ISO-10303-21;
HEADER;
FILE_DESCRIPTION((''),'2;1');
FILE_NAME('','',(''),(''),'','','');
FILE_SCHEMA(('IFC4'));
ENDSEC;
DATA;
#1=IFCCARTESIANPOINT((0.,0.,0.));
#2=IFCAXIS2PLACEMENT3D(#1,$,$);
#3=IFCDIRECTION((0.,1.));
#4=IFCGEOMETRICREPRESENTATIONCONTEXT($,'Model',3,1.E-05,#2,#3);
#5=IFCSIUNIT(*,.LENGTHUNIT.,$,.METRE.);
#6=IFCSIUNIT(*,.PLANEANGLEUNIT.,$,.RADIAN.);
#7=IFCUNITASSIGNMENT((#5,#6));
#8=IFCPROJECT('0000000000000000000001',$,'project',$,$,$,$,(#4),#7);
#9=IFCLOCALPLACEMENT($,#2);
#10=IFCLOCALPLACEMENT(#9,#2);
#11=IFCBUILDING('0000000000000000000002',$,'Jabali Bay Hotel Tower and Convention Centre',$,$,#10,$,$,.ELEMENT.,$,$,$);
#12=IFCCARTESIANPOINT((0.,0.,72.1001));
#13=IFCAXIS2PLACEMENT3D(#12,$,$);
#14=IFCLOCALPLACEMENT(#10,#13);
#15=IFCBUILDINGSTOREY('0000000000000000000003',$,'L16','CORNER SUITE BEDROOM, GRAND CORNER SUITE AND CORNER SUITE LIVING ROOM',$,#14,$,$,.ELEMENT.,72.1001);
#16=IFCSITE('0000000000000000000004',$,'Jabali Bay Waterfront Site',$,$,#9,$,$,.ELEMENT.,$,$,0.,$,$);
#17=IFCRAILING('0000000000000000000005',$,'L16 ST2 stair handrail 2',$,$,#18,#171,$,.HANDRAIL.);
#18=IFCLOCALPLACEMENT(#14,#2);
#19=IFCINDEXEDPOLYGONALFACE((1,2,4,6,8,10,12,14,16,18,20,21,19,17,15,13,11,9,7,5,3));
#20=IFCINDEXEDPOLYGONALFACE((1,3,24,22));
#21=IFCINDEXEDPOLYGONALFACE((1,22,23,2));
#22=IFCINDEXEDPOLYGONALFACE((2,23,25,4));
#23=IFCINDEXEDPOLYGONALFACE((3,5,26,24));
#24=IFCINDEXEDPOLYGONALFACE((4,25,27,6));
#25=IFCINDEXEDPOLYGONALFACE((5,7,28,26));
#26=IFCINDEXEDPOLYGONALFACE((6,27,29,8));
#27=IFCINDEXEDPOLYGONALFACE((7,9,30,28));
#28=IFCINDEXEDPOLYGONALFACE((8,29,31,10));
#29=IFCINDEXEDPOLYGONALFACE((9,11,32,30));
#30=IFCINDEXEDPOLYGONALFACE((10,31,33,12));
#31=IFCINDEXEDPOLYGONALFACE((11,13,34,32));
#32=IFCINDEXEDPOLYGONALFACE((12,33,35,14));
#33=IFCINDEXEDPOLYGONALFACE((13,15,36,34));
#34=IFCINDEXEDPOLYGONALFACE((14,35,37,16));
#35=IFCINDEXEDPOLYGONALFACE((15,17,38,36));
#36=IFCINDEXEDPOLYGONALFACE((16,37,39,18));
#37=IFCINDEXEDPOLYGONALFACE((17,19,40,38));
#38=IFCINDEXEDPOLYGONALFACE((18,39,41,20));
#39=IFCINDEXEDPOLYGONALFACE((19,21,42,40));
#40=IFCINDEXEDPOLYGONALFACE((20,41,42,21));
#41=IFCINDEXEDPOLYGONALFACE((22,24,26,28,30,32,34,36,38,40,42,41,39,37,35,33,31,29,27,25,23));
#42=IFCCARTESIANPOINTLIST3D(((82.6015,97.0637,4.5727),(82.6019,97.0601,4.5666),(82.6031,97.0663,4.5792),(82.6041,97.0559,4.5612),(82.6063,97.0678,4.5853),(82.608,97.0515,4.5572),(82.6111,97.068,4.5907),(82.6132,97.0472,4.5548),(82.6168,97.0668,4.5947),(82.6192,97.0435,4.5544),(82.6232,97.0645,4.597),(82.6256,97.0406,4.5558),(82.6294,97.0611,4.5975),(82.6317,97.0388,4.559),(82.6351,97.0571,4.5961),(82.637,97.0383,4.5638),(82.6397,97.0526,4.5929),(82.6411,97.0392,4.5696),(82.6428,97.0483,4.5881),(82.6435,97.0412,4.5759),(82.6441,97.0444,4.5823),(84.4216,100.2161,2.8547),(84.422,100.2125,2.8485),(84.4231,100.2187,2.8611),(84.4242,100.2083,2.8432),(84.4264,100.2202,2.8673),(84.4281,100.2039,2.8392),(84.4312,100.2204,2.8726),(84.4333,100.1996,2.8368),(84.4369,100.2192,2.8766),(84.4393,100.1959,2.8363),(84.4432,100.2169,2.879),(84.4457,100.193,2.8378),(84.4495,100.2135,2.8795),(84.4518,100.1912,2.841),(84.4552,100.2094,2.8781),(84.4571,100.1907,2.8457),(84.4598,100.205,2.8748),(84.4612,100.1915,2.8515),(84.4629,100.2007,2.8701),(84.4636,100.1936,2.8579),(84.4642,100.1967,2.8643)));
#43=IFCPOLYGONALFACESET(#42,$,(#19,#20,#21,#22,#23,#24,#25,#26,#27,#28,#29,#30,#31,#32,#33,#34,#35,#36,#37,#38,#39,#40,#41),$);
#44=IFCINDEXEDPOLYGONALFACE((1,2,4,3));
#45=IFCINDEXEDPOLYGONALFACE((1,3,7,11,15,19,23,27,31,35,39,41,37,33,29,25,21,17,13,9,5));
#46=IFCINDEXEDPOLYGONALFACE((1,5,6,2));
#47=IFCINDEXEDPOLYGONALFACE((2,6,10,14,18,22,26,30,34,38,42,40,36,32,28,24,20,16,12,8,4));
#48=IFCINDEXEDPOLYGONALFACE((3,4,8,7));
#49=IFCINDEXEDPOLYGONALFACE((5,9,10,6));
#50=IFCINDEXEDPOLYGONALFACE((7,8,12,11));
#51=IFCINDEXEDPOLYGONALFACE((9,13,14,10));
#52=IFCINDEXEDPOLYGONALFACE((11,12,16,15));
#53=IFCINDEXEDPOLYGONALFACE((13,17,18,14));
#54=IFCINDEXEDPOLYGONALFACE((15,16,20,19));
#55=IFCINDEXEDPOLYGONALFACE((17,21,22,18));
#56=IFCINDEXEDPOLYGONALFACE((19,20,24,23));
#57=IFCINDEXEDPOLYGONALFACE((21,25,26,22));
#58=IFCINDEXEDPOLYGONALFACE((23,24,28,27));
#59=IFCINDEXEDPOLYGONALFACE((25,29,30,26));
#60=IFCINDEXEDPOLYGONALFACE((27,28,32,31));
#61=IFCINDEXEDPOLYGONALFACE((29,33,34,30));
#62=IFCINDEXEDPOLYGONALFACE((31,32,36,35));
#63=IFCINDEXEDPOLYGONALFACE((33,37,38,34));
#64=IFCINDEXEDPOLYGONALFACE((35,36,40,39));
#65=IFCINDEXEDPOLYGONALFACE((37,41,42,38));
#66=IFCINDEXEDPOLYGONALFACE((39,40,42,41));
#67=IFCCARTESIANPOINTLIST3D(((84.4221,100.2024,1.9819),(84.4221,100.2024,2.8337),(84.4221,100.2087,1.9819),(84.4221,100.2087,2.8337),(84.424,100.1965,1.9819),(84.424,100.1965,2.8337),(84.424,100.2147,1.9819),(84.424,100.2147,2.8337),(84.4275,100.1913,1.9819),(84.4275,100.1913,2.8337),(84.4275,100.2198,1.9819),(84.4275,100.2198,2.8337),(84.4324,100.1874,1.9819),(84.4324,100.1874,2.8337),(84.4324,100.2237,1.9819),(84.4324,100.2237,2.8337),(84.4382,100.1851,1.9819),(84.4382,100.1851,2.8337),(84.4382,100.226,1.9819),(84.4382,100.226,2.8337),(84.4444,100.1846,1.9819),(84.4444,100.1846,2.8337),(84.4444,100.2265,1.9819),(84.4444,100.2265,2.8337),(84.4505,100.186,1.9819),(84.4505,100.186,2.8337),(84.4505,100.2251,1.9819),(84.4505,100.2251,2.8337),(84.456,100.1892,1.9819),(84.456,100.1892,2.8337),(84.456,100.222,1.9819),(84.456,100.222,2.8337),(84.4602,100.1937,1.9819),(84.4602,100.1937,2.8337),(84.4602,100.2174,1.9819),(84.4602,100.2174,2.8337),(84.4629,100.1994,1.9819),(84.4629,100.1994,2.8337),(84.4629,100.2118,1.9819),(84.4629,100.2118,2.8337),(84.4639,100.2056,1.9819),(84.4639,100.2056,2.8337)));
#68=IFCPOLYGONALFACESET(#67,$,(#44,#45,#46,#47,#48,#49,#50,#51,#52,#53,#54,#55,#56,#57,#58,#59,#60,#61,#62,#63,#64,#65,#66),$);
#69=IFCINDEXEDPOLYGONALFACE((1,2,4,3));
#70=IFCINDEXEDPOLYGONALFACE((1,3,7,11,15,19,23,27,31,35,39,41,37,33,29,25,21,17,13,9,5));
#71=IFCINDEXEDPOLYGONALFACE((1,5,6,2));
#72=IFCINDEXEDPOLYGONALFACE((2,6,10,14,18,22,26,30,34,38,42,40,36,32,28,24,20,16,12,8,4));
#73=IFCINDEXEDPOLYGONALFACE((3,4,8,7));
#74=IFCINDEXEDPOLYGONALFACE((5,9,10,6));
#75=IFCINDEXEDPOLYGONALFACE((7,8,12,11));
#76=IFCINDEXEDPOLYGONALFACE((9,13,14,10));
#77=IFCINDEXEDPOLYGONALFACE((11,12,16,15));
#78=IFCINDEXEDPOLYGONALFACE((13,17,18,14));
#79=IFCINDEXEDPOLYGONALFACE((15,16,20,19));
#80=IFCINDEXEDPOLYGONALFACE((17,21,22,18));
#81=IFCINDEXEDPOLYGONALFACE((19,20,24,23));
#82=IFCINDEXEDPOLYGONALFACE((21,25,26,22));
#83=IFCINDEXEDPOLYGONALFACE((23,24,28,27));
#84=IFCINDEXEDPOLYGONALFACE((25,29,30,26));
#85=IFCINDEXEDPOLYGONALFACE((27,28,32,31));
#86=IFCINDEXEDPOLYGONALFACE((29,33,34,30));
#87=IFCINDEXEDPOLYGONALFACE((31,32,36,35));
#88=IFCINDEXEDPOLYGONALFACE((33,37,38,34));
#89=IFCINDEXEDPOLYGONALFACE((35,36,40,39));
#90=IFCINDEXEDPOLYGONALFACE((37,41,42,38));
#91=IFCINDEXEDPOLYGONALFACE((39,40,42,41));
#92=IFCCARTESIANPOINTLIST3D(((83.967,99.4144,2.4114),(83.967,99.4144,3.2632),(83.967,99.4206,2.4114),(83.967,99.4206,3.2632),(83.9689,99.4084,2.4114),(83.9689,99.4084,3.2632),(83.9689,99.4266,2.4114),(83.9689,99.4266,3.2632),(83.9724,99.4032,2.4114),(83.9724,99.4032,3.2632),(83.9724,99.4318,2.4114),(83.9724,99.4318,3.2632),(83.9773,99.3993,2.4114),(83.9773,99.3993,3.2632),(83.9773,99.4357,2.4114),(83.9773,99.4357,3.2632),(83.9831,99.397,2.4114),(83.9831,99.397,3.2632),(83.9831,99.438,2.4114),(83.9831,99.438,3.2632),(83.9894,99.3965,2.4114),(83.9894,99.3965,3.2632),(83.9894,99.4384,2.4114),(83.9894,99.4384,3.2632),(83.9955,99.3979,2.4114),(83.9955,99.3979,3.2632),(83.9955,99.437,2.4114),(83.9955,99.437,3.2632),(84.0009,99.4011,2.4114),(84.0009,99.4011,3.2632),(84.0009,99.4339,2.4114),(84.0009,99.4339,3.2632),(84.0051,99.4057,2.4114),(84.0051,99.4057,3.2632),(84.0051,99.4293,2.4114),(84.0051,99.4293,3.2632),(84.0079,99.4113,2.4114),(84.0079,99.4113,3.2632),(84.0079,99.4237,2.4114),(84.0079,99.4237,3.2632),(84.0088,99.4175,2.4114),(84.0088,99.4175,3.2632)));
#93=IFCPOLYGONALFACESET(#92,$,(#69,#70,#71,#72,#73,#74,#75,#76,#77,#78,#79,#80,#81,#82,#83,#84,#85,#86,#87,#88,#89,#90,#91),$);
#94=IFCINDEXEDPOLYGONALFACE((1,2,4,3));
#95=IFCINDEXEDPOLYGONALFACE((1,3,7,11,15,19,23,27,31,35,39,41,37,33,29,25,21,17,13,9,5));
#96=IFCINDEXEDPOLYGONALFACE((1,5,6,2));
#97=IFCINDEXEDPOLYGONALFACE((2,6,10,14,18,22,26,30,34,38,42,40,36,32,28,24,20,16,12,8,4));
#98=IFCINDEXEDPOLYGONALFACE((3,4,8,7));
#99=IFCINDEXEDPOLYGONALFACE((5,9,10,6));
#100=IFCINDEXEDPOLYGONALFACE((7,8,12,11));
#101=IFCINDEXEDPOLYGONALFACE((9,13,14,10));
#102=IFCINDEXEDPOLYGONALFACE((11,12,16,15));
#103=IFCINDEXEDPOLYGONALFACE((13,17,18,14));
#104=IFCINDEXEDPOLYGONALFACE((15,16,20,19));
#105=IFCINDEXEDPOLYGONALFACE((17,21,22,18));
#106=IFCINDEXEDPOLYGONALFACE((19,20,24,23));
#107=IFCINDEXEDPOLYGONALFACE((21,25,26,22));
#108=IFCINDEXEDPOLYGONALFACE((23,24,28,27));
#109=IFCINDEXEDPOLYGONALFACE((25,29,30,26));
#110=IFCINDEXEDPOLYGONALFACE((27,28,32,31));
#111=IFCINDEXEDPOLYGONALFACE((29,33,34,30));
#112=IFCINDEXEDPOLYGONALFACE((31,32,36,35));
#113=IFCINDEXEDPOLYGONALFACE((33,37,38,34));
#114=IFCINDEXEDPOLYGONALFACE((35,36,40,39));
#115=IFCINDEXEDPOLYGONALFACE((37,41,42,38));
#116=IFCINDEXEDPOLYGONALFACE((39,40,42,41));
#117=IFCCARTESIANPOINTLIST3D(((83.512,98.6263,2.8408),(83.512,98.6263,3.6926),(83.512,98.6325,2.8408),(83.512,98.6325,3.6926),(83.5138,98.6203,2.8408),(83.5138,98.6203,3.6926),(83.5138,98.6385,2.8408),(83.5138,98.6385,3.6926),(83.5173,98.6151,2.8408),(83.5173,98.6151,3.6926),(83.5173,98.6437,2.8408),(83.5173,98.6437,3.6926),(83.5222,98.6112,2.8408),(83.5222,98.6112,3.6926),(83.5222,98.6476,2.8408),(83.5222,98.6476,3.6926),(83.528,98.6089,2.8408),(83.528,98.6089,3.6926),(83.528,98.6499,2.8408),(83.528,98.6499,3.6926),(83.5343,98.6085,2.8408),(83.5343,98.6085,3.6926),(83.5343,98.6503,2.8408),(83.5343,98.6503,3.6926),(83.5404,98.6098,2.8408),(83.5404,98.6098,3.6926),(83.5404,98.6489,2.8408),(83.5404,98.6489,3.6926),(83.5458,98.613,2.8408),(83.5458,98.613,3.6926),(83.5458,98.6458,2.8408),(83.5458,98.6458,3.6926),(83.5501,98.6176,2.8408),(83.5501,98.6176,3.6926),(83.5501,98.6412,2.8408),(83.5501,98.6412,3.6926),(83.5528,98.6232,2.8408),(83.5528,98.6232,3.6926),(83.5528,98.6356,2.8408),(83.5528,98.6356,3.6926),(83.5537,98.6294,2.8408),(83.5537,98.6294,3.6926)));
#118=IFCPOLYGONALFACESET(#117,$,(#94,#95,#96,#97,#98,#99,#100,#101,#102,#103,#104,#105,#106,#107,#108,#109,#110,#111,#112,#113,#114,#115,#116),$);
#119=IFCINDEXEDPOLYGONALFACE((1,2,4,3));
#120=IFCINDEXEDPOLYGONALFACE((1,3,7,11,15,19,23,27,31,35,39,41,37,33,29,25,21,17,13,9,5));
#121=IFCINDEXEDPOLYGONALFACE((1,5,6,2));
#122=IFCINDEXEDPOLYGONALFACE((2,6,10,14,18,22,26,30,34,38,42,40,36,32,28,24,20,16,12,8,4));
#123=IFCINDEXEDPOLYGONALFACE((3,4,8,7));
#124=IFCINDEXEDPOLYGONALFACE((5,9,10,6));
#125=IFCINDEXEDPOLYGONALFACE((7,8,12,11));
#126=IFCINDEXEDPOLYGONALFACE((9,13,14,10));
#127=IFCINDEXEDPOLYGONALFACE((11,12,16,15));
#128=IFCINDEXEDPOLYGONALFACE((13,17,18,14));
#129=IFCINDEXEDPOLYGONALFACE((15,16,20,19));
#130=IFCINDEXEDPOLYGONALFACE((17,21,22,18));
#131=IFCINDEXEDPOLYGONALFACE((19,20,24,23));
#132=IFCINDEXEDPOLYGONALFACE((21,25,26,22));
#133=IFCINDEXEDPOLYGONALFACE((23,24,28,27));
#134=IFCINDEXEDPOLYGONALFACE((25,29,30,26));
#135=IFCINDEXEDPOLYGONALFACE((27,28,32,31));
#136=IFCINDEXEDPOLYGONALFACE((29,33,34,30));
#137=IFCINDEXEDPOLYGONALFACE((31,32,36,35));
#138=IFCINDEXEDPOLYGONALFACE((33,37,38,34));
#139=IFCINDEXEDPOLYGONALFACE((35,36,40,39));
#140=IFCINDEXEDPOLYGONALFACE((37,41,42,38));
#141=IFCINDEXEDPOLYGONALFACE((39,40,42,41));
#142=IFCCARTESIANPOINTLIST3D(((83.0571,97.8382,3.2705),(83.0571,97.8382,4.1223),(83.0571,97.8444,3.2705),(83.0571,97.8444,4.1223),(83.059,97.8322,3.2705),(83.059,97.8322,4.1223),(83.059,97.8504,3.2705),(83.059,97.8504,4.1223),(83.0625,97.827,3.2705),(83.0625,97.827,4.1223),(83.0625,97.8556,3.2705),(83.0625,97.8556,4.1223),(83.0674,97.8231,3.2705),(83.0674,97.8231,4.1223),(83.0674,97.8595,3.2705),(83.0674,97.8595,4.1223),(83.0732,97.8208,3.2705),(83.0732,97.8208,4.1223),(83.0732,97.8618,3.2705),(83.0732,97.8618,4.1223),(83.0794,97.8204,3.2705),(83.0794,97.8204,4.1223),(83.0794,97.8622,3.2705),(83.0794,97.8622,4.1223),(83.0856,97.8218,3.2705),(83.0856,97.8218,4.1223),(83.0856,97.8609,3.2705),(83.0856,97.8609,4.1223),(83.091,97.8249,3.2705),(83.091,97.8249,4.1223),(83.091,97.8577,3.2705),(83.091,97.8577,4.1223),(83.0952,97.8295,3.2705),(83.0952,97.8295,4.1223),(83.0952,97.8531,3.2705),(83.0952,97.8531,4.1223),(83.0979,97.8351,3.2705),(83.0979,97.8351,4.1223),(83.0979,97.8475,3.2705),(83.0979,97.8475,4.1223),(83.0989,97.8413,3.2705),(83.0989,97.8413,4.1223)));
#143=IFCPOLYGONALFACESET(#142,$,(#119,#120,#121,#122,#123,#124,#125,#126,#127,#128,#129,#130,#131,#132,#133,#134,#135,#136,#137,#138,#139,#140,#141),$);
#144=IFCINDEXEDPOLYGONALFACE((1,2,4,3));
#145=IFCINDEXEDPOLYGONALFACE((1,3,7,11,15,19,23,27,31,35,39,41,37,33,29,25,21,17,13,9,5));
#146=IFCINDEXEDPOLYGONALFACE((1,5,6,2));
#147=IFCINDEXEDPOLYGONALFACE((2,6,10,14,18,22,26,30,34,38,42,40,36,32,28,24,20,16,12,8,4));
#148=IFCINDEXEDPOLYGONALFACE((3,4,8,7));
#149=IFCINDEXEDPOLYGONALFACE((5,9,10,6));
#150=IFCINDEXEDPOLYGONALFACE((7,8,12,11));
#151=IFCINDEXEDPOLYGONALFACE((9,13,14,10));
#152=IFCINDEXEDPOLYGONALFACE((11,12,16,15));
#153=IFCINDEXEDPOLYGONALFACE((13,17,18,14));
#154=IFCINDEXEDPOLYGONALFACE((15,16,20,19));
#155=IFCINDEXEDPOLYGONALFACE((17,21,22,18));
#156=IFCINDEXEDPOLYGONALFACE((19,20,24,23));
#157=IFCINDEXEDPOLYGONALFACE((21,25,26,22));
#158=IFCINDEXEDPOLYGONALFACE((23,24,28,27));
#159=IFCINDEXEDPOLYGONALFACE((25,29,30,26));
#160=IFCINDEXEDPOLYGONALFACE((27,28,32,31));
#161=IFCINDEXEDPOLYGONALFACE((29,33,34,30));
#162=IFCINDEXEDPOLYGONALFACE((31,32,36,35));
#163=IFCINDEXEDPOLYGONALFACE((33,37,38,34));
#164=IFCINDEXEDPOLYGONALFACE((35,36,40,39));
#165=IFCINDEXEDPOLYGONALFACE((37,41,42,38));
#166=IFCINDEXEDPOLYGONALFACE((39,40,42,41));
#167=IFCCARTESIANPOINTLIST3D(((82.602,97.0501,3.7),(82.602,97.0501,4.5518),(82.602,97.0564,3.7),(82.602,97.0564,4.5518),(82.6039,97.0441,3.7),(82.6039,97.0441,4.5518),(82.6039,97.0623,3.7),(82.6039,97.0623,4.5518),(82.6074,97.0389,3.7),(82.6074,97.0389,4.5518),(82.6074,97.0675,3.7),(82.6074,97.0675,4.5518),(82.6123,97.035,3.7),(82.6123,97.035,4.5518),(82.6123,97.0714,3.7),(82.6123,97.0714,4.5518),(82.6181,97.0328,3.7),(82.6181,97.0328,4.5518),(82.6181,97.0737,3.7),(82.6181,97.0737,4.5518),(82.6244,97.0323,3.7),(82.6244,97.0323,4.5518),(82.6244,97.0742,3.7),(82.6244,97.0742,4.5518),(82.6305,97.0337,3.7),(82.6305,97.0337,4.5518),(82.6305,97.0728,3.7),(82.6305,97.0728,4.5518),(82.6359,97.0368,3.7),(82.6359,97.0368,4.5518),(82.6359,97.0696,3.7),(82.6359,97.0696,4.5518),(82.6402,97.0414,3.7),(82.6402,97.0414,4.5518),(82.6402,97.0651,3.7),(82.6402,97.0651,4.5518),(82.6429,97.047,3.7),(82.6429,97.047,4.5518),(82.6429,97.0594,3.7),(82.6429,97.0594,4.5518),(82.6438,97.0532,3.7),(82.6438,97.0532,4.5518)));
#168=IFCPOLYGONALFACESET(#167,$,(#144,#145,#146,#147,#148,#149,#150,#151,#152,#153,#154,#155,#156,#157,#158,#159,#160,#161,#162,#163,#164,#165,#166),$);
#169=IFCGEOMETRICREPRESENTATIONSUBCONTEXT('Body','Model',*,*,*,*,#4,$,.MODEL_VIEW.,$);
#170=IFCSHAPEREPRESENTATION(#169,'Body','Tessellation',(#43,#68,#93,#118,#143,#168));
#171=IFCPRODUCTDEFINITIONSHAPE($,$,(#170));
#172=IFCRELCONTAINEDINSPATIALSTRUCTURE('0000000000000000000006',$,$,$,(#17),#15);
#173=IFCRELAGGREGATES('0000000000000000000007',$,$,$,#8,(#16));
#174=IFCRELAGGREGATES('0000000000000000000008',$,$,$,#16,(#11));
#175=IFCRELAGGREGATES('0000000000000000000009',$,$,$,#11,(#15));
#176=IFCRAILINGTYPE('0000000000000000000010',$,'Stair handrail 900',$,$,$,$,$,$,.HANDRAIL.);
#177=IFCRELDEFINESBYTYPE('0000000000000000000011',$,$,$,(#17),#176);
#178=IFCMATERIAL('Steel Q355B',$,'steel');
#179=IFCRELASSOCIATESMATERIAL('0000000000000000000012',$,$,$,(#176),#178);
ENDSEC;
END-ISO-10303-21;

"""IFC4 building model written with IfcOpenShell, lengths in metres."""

from ifc_helpers import new_model, si_unit, direction, frame, origin, origin_2d, place, context, subcontext, project, spatial, circle, extrude, material, type_object, element, save


model = new_model("IFC4")

# Units and contexts
model_context = context("Model", 3, precision=1e-05, world=origin(), true_north=direction((0.0, 1.0)))
body_context = subcontext(model_context, "Body", "Model", "MODEL_VIEW")
ifc_project = project(units=[si_unit("LENGTHUNIT", "METRE"), si_unit("PLANEANGLEUNIT", "RADIAN")], contexts=[model_context])

# Site, building, storey
site_placement = place(None, origin())
site = spatial("IfcSite", under=ifc_project, at=site_placement, Name="Jabali Bay Waterfront Site", CompositionType="ELEMENT", RefElevation=0.0)
building_placement = place(site_placement, origin())
building = spatial("IfcBuilding", under=site, at=building_placement, Name="Jabali Bay Hotel Tower and Convention Centre", CompositionType="ELEMENT")
storey_placement = place(building_placement, frame((0.0, 0.0, 72.1001)))
storey = spatial("IfcBuildingStorey", under=building, at=storey_placement, Name="L16", Description="CORNER SUITE BEDROOM, GRAND CORNER SUITE AND CORNER SUITE LIVING ROOM", CompositionType="ELEMENT", Elevation=72.1001)

# Railing
ifc_material_1 = material(Name="Steel Q355B", Category="steel")
railing_type_1 = type_object("IfcRailingType", Name="Stair handrail 900", PredefinedType="HANDRAIL", material=ifc_material_1)
railing_1_placement = place(storey_placement, frame((84.4429, 100.2056, 1.9819)))
element("IfcRailing", 1, at=railing_1_placement, inside=storey, type_object=railing_type_1, Name="L16 ST2 stair handrail 2", PredefinedType="HANDRAIL", context=body_context, shape_type="SweptSolid", body=[
    extrude(circle(Radius=0.0239, at=origin_2d()), frame((0.0, 0.0, 0.876), z_axis=(-0.452179, -0.78317, 0.426825), x_axis=(0.866018, -0.500013, 0.0)), (0.0, 0.0, 1.0), 4.0251),
    extrude(circle(Radius=0.021, at=origin_2d()), origin(), (0.0, 0.0, 1.0), 0.8518),
    extrude(circle(Radius=0.021, at=origin_2d()), frame((-0.4551, -0.7881, 0.4294)), (0.0, 0.0, 1.0), 0.8518),
    extrude(circle(Radius=0.021, at=origin_2d()), frame((-0.9102, -1.5762, 0.8589)), (0.0, 0.0, 1.0), 0.8518),
    extrude(circle(Radius=0.021, at=origin_2d()), frame((-1.365, -2.3643, 1.2886)), (0.0, 0.0, 1.0), 0.8518),
    extrude(circle(Radius=0.021, at=origin_2d()), frame((-1.8201, -3.1523, 1.718)), (0.0, 0.0, 1.0), 0.8518),
])

save(model, "model.ifc")
